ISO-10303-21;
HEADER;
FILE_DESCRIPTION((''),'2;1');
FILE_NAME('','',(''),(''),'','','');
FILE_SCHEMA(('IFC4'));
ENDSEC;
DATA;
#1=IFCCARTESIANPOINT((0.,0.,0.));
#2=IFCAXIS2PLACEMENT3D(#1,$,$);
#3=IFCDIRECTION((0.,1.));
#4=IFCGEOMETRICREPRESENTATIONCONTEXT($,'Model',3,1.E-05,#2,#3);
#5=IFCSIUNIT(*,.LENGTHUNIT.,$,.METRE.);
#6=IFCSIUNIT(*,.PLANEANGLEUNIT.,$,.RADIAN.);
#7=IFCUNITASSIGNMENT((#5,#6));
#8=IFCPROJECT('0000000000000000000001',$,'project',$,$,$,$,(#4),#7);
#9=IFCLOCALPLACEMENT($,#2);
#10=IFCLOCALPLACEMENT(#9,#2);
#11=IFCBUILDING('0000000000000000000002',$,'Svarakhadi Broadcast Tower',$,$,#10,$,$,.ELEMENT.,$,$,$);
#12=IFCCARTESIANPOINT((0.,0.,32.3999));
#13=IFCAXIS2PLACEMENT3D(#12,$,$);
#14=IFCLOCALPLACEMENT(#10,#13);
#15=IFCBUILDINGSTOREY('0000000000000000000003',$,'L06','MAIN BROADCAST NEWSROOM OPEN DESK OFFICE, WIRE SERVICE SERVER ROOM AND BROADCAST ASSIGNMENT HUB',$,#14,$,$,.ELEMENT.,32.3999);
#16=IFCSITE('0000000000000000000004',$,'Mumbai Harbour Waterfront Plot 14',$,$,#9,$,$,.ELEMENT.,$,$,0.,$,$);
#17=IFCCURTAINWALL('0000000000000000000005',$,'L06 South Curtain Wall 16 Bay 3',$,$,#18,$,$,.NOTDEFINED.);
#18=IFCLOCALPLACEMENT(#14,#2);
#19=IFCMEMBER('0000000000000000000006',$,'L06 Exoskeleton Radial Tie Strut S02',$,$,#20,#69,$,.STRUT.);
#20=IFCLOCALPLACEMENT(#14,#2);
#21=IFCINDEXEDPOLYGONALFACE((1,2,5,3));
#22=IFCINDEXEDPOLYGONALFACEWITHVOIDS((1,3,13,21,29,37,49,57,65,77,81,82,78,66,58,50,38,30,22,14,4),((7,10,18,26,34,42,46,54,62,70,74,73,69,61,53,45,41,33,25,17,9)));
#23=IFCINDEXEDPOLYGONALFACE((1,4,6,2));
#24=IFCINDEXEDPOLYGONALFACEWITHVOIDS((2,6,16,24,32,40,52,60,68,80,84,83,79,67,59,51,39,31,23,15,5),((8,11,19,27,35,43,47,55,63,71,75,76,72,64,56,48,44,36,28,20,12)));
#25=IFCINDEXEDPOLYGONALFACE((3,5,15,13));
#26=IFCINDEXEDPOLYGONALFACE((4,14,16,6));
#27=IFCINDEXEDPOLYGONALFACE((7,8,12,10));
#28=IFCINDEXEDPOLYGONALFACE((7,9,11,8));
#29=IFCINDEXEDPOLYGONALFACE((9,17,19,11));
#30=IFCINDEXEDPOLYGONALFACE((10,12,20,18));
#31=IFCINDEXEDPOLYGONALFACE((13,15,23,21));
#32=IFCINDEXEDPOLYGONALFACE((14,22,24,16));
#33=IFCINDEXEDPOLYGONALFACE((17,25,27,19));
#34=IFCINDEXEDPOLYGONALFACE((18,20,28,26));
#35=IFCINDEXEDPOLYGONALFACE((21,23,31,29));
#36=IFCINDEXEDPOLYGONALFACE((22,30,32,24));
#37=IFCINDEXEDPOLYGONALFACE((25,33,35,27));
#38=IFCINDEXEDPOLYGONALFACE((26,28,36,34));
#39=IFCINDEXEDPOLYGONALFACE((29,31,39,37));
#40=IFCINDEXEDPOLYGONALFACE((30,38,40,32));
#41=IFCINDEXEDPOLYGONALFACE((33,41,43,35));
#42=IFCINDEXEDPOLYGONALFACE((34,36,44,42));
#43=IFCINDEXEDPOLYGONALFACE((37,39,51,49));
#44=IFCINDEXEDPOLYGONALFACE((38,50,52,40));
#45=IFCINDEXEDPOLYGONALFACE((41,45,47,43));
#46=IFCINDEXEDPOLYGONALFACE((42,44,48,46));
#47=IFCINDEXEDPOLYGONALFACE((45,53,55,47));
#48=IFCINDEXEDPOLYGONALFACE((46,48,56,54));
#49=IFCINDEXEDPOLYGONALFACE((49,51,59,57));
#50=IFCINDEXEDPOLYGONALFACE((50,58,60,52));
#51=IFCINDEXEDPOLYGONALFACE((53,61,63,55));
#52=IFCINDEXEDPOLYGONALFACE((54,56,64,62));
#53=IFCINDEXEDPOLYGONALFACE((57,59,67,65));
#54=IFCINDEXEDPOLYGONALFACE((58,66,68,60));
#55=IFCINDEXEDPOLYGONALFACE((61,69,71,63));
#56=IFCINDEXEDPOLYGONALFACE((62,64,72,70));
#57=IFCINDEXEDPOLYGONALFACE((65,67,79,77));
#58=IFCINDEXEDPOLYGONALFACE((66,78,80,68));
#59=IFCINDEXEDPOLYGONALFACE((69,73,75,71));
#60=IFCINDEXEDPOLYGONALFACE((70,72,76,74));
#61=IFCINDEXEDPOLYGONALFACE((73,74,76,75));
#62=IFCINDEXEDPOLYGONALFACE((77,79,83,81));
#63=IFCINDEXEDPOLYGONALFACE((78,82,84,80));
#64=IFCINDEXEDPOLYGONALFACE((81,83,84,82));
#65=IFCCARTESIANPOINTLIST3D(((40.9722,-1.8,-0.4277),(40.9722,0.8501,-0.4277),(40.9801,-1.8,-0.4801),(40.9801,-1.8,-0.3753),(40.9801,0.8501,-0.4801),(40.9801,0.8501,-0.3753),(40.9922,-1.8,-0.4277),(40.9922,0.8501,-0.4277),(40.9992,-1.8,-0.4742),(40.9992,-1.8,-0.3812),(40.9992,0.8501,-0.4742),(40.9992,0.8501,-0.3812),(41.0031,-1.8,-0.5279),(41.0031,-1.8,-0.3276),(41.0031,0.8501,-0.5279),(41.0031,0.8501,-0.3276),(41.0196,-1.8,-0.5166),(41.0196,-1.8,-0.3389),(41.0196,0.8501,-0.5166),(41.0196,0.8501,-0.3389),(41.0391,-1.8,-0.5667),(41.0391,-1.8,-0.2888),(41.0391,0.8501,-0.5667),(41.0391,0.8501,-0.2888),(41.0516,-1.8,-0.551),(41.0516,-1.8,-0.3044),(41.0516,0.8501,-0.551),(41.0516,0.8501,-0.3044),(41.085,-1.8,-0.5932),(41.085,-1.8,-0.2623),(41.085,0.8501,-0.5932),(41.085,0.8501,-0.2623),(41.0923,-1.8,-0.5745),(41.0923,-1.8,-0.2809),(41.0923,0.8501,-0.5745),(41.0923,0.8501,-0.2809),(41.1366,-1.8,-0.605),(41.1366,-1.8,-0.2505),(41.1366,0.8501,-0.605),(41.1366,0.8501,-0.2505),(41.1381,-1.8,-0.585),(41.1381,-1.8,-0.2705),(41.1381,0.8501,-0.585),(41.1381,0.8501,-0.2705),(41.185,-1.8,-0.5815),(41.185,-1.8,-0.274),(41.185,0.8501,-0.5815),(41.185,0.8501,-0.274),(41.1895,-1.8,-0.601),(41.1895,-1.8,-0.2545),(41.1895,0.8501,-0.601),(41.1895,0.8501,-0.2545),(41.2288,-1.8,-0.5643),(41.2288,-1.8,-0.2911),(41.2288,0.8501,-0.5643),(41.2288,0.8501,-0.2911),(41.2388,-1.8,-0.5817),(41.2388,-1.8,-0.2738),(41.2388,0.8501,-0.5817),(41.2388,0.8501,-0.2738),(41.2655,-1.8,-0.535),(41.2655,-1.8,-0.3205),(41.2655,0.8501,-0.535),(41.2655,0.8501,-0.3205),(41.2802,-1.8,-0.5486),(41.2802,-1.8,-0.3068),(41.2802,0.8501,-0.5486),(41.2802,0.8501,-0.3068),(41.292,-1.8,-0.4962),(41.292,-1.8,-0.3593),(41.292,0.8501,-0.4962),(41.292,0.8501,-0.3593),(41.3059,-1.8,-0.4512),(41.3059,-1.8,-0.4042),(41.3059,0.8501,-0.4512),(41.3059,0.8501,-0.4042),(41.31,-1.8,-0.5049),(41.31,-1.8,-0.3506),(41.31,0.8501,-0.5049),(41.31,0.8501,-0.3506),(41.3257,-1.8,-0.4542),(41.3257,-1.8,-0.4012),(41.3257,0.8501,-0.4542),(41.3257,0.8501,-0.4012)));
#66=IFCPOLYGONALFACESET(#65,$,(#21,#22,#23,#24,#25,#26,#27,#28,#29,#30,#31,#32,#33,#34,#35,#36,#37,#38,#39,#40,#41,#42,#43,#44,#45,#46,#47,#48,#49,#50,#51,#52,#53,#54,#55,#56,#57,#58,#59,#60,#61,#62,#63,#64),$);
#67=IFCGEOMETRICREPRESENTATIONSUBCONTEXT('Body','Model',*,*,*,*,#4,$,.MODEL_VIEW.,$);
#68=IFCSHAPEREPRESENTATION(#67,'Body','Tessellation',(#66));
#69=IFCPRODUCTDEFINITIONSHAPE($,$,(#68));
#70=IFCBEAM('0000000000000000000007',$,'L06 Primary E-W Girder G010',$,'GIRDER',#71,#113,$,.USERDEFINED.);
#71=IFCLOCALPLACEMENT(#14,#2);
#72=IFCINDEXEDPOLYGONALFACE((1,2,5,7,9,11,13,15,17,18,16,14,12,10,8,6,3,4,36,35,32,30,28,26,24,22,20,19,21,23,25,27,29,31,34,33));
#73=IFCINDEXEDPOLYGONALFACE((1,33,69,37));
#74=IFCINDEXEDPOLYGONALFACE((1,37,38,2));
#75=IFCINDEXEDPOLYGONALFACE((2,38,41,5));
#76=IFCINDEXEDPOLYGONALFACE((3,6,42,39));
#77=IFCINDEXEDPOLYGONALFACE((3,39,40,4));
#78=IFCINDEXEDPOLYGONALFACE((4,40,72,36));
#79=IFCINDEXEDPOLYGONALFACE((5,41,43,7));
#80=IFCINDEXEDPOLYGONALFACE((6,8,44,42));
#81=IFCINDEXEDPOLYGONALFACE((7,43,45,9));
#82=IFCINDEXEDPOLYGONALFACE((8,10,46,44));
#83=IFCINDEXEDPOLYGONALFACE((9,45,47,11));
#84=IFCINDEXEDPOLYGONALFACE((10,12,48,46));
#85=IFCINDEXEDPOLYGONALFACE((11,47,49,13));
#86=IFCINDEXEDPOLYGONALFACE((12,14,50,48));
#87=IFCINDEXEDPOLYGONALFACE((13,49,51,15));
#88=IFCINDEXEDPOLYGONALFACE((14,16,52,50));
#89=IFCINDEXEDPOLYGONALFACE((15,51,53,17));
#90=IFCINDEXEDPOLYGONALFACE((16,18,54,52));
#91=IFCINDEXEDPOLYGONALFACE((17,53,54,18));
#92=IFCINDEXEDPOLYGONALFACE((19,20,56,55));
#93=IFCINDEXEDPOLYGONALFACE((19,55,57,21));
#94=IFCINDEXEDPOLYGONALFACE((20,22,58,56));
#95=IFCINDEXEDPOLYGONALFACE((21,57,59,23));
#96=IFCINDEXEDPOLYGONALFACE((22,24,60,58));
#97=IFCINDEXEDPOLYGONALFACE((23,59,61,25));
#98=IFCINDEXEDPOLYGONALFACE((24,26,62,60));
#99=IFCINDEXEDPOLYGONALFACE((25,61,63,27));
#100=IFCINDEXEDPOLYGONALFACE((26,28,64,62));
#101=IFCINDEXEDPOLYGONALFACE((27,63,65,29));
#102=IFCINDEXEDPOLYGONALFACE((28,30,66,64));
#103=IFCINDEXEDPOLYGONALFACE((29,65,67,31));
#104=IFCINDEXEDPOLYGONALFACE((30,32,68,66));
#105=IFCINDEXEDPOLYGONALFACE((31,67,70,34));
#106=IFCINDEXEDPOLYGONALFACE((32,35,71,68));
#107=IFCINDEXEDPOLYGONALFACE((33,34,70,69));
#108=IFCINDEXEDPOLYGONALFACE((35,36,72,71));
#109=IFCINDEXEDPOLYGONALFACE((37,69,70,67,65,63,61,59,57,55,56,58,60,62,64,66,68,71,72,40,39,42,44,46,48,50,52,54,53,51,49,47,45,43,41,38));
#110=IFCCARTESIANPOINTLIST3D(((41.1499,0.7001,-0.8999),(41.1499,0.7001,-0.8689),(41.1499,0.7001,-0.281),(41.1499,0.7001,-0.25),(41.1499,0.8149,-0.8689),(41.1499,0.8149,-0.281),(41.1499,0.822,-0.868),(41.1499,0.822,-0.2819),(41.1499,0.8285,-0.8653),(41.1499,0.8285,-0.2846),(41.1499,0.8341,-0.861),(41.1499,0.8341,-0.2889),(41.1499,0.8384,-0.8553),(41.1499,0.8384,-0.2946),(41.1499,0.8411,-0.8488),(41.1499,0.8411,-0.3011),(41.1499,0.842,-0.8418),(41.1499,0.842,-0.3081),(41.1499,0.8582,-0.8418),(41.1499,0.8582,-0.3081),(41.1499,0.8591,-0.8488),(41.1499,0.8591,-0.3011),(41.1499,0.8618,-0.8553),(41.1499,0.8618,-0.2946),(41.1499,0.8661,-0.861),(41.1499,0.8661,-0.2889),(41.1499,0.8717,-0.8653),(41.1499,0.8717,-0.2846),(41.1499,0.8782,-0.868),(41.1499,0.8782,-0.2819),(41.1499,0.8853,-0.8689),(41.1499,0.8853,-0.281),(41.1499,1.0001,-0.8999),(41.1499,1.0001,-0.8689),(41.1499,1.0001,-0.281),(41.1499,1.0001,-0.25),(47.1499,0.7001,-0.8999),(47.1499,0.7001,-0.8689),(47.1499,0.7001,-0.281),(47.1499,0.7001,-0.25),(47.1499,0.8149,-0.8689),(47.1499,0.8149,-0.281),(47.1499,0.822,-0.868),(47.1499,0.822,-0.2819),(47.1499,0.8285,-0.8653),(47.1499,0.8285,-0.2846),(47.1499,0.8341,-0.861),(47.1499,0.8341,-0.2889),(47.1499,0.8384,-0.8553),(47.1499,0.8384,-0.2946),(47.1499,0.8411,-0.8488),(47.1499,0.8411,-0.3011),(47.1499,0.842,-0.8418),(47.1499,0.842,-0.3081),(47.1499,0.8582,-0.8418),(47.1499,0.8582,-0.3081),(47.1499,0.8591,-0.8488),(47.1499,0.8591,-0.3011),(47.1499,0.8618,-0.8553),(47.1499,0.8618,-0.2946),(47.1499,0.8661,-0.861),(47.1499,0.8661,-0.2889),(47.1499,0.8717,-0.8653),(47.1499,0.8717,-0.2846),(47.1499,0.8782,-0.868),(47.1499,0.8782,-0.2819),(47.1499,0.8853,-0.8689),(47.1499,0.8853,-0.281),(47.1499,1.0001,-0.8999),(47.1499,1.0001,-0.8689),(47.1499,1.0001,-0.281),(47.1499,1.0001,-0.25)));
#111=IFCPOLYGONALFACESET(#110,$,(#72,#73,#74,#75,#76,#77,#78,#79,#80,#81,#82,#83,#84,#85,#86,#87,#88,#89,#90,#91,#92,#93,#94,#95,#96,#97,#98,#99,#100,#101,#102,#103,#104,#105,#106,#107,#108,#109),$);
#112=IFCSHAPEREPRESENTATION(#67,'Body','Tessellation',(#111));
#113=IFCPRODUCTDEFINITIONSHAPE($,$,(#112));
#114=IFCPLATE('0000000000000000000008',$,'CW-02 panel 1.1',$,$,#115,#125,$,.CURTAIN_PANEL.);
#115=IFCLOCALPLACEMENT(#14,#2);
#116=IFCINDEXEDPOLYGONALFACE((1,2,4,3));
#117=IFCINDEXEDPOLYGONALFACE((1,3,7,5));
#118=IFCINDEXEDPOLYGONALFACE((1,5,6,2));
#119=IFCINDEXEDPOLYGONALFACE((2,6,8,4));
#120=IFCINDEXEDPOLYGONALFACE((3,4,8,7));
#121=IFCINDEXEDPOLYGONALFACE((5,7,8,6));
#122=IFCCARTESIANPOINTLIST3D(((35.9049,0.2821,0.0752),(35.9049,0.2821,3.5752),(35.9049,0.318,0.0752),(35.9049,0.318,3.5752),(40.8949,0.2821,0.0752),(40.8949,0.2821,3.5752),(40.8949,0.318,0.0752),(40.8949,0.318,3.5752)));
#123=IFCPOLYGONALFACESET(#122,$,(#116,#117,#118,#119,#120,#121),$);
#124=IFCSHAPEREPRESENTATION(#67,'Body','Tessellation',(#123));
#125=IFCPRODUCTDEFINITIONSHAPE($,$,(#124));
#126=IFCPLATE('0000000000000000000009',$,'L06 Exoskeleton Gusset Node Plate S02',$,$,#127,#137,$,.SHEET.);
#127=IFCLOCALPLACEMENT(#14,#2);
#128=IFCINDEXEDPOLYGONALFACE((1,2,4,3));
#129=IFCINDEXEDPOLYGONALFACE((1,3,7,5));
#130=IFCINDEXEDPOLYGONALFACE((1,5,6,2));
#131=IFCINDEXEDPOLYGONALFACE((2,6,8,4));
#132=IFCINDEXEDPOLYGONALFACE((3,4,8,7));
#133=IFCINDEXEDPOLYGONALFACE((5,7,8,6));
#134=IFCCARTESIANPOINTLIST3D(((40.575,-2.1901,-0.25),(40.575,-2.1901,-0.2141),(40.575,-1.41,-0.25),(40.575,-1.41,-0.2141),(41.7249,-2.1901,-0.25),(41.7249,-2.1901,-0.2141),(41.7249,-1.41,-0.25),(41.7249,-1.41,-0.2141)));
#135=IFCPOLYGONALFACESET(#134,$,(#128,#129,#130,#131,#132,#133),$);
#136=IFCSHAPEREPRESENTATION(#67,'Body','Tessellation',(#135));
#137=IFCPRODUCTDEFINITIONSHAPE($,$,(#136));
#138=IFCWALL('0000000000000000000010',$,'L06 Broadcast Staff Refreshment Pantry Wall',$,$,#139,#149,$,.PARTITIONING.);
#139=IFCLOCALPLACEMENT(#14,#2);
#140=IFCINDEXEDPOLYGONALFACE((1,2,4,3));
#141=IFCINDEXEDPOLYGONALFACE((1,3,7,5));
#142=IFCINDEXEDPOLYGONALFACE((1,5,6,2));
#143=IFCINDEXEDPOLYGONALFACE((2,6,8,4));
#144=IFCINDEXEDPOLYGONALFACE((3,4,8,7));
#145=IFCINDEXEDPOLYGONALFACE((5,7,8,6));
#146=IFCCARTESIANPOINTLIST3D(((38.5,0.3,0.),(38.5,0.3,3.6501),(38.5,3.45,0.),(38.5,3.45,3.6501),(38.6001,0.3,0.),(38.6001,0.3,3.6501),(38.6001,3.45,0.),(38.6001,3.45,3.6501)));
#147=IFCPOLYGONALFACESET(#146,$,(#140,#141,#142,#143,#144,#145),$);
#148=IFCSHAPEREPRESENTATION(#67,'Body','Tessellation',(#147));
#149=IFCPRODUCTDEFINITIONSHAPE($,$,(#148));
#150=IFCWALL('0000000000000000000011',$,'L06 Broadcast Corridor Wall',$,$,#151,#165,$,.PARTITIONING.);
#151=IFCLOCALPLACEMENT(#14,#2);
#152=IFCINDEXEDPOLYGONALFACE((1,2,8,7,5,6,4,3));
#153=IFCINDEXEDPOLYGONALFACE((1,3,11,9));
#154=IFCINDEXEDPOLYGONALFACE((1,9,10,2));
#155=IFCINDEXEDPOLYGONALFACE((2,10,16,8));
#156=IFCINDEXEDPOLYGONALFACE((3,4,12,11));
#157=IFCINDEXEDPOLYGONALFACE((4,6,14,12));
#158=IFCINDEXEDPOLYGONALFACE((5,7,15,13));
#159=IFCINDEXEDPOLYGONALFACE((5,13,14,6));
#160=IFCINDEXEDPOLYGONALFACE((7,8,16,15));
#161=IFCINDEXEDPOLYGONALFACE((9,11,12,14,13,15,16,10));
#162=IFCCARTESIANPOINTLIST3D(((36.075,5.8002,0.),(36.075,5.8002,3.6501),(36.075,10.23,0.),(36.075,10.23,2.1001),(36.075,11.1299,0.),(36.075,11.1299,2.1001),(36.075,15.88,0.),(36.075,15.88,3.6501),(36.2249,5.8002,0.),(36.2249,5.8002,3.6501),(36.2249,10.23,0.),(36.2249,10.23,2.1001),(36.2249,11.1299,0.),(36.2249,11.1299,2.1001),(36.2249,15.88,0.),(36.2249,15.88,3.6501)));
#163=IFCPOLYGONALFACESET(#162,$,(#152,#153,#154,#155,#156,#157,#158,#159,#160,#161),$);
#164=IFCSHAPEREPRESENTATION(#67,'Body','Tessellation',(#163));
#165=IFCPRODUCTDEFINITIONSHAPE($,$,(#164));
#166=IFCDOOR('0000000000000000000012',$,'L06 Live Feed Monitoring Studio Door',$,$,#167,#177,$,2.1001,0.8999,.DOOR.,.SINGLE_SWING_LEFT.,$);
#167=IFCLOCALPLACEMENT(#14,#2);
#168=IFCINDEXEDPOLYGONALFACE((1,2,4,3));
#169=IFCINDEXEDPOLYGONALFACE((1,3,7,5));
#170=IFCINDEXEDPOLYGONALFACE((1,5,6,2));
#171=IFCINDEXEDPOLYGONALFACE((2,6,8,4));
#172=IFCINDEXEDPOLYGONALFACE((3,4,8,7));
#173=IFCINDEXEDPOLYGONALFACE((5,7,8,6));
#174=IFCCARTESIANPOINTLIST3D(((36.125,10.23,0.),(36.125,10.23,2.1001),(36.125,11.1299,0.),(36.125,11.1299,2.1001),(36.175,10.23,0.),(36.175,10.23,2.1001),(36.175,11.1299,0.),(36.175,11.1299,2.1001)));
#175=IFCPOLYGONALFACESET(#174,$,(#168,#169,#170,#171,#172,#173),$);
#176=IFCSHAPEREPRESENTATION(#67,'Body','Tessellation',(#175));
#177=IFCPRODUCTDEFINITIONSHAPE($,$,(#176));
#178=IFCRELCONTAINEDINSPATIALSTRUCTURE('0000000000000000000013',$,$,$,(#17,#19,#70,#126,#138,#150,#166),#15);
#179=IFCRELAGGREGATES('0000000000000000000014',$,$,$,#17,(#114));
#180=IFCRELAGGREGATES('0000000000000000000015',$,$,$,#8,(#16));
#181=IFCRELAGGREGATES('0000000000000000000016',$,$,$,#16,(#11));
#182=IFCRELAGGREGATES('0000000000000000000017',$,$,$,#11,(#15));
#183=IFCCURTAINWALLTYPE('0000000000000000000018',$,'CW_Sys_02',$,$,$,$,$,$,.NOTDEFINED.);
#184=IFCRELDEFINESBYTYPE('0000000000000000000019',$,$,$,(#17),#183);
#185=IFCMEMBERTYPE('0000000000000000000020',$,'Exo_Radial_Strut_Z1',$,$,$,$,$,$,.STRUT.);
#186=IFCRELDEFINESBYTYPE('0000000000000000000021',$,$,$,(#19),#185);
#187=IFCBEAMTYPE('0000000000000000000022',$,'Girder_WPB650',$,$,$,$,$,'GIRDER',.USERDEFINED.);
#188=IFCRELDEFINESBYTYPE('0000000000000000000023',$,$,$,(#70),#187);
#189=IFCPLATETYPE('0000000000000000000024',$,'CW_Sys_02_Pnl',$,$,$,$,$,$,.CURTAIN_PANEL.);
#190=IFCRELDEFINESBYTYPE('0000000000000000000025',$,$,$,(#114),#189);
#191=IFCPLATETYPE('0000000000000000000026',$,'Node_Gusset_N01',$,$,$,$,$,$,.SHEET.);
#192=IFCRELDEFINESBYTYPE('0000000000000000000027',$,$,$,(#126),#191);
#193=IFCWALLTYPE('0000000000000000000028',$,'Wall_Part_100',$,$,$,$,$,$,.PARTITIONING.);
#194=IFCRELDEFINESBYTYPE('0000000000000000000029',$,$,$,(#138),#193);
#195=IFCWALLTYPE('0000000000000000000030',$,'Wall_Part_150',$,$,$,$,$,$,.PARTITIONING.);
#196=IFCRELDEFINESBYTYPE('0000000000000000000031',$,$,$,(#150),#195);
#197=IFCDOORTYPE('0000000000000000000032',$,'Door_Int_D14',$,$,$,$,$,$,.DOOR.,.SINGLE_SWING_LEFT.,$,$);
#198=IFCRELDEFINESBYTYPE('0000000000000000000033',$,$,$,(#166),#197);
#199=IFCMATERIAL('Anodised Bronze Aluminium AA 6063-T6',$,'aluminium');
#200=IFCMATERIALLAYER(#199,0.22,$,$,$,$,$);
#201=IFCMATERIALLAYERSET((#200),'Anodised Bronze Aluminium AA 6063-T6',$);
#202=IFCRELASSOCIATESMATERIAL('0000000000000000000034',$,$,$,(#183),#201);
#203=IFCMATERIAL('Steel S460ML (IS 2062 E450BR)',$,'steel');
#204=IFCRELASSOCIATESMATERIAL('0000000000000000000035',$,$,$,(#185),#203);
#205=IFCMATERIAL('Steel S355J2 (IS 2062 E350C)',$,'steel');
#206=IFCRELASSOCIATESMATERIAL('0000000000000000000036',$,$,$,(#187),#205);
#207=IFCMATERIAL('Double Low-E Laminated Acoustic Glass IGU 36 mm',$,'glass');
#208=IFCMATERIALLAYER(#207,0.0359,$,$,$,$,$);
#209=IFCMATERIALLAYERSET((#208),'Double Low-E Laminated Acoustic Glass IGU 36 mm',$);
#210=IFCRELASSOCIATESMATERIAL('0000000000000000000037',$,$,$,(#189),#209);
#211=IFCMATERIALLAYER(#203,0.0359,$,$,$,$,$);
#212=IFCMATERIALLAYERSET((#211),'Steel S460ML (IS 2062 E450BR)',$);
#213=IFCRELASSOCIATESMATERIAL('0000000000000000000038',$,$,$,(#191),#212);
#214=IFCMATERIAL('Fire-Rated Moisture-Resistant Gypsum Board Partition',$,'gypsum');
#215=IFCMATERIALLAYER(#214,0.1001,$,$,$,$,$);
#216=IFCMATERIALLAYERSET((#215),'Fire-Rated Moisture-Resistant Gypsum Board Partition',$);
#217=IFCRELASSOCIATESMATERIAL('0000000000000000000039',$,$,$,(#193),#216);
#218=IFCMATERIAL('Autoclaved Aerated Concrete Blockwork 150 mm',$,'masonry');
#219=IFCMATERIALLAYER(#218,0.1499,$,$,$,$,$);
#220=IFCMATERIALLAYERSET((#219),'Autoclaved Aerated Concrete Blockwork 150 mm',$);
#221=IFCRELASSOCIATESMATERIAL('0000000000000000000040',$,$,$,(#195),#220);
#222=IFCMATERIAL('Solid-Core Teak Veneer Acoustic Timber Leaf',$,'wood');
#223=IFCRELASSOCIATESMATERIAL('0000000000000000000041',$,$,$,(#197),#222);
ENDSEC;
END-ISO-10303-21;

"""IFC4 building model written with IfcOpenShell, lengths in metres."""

from ifc_helpers import new_model, si_unit, direction, frame, frame_2d, origin, origin_2d, place, context, subcontext, project, spatial, rectangle, hollow_circle, i_section, extrude, material, layer, layer_set, material_profile, profile_set, type_object, element, fill, aggregate, save


model = new_model("IFC4")

# Units and contexts
model_context = context("Model", 3, precision=1e-05, world=origin(), true_north=direction((0.0, 1.0)))
body_context = subcontext(model_context, "Body", "Model", "MODEL_VIEW")
ifc_project = project(units=[si_unit("LENGTHUNIT", "METRE"), si_unit("PLANEANGLEUNIT", "RADIAN")], contexts=[model_context])

# Site, building, storey
site_placement = place(None, origin())
site = spatial("IfcSite", under=ifc_project, at=site_placement, Name="Mumbai Harbour Waterfront Plot 14", CompositionType="ELEMENT", RefElevation=0.0)
building_placement = place(site_placement, origin())
building = spatial("IfcBuilding", under=site, at=building_placement, Name="Svarakhadi Broadcast Tower", CompositionType="ELEMENT")
storey_placement = place(building_placement, frame((0.0, 0.0, 32.3999)))
storey = spatial("IfcBuildingStorey", under=building, at=storey_placement, Name="L06", Description="MAIN BROADCAST NEWSROOM OPEN DESK OFFICE, WIRE SERVICE SERVER ROOM AND BROADCAST ASSIGNMENT HUB", CompositionType="ELEMENT", Elevation=32.3999)

# Shared definitions
ifc_material_1 = material(Name="Steel S460ML (IS 2062 E450BR)", Category="steel")

# Curtain wall
ifc_material_2 = material(Name="Anodised Bronze Aluminium AA 6063-T6", Category="aluminium")
ifc_layer_1 = layer(ifc_material_2, 0.22)
ifc_layer_set_1 = layer_set([ifc_layer_1], Name="Anodised Bronze Aluminium AA 6063-T6")
curtain_wall_type = type_object("IfcCurtainWallType", Name="CW_Sys_02", PredefinedType="NOTDEFINED", material=ifc_layer_set_1)
curtain_wall_placement = place(storey_placement, origin())
curtain_wall = element("IfcCurtainWall", 1, at=curtain_wall_placement, inside=storey, type_object=curtain_wall_type, Name="L06 South Curtain Wall 16 Bay 3", PredefinedType="NOTDEFINED")

# Member
ifc_material_profile_1 = material_profile(ifc_material_1, hollow_circle(Radius=0.1777, WallThickness=0.02, at=origin_2d()), Name="CHS 355.6x20")
ifc_profile_set_1 = profile_set([ifc_material_profile_1], Name="Steel S460ML (IS 2062 E450BR)")
member_type_1 = type_object("IfcMemberType", Name="Exo_Radial_Strut_Z1", PredefinedType="STRUT", material=ifc_profile_set_1)
member_1_placement = place(storey_placement, frame((41.1499, -1.8, -0.4277), z_axis=(0.0, 1.0, 0.0), x_axis=(-1.0, 0.0, 0.0)))
element("IfcMember", 2, at=member_1_placement, inside=storey, type_object=member_type_1, Name="L06 Exoskeleton Radial Tie Strut S02", PredefinedType="STRUT", context=body_context, shape_type="SweptSolid", body=[
    extrude(hollow_circle(Radius=0.1777, WallThickness=0.02, at=origin_2d()), origin(), (0.0, 0.0, 1.0), 2.6501),
])

# Beam
ifc_material_3 = material(Name="Steel S355J2 (IS 2062 E350C)", Category="steel")
ifc_material_profile_2 = material_profile(ifc_material_3, i_section(OverallWidth=0.3, OverallDepth=0.6499, WebThickness=0.0161, FlangeThickness=0.031, FilletRadius=0.0271, at=origin_2d()), Name="WPB 650x300x225")
ifc_profile_set_2 = profile_set([ifc_material_profile_2], Name="Steel S355J2 (IS 2062 E350C)")
beam_type = type_object("IfcBeamType", Name="Girder_WPB650", ElementType="GIRDER", PredefinedType="USERDEFINED", material=ifc_profile_set_2)
beam_placement = place(storey_placement, frame((41.1499, 0.8501, -0.575), z_axis=(1.0, 0.0, 0.0), x_axis=(0.0, 1.0, 0.0)))
element("IfcBeam", 3, at=beam_placement, inside=storey, type_object=beam_type, Name="L06 Primary E-W Girder G010", ObjectType="GIRDER", PredefinedType="USERDEFINED", context=body_context, shape_type="SweptSolid", body=[
    extrude(i_section(OverallWidth=0.3, OverallDepth=0.6499, WebThickness=0.0161, FlangeThickness=0.031, FilletRadius=0.0271, at=origin_2d()), origin(), (0.0, 0.0, 1.0), 6.0),
])

# Plates
ifc_material_4 = material(Name="Double Low-E Laminated Acoustic Glass IGU 36 mm", Category="glass")
ifc_layer_2 = layer(ifc_material_4, 0.0359)
ifc_layer_set_2 = layer_set([ifc_layer_2], Name="Double Low-E Laminated Acoustic Glass IGU 36 mm")
plate_type_1 = type_object("IfcPlateType", Name="CW_Sys_02_Pnl", PredefinedType="CURTAIN_PANEL", material=ifc_layer_set_2)
plate_1_placement = place(storey_placement, frame((38.3999, 0.3, 0.0752), z_axis=(0.0, 0.0, 1.0), x_axis=(-1.0, 0.0, 0.0)))
plate_1 = element("IfcPlate", 4, at=plate_1_placement, type_object=plate_type_1, Name="CW-02 panel 1.1", PredefinedType="CURTAIN_PANEL", context=body_context, shape_type="SweptSolid", body=[
    extrude(rectangle(XDim=4.99, YDim=0.0359, at=origin_2d()), origin(), (0.0, 0.0, 1.0), 3.5),
])
aggregate(curtain_wall, [plate_1])
ifc_layer_3 = layer(ifc_material_1, 0.0359)
ifc_layer_set_3 = layer_set([ifc_layer_3], Name="Steel S460ML (IS 2062 E450BR)")
plate_type_2 = type_object("IfcPlateType", Name="Node_Gusset_N01", PredefinedType="SHEET", material=ifc_layer_set_3)
plate_2_placement = place(storey_placement, frame((41.1499, -1.8, -0.25), z_axis=(0.0, 0.0, 1.0), x_axis=(1.0, 0.0, 0.0)))
element("IfcPlate", 5, at=plate_2_placement, inside=storey, type_object=plate_type_2, Name="L06 Exoskeleton Gusset Node Plate S02", PredefinedType="SHEET", context=body_context, shape_type="SweptSolid", body=[
    extrude(rectangle(XDim=1.1499, YDim=0.78, at=origin_2d()), origin(), (0.0, 0.0, 1.0), 0.0359),
])

# Wall
ifc_material_5 = material(Name="Fire-Rated Moisture-Resistant Gypsum Board Partition", Category="gypsum")
ifc_layer_4 = layer(ifc_material_5, 0.1001)
ifc_layer_set_4 = layer_set([ifc_layer_4], Name="Fire-Rated Moisture-Resistant Gypsum Board Partition")
wall_type_1 = type_object("IfcWallType", Name="Wall_Part_100", PredefinedType="PARTITIONING", material=ifc_layer_set_4)
wall_1_placement = place(storey_placement, frame((38.55, 0.3, 0.0), z_axis=(0.0, 0.0, 1.0), x_axis=(0.0, 1.0, 0.0)))
element("IfcWall", 6, at=wall_1_placement, inside=storey, type_object=wall_type_1, Name="L06 Broadcast Staff Refreshment Pantry Wall", PredefinedType="PARTITIONING", context=body_context, shape_type="SweptSolid", body=[
    extrude(rectangle(XDim=3.1499, YDim=0.1001, at=frame_2d((1.575, 0.0))), origin(), (0.0, 0.0, 1.0), 3.6501),
])

# Wall, opening, door
ifc_material_6 = material(Name="Autoclaved Aerated Concrete Blockwork 150 mm", Category="masonry")
ifc_layer_5 = layer(ifc_material_6, 0.1499)
ifc_layer_set_5 = layer_set([ifc_layer_5], Name="Autoclaved Aerated Concrete Blockwork 150 mm")
wall_type_2 = type_object("IfcWallType", Name="Wall_Part_150", PredefinedType="PARTITIONING", material=ifc_layer_set_5)
wall_2_placement = place(storey_placement, frame((36.1499, 5.8, 0.0), z_axis=(0.0, 0.0, 1.0), x_axis=(0.0, 1.0, 0.0)))
wall_2 = element("IfcWall", 7, at=wall_2_placement, inside=storey, type_object=wall_type_2, Name="L06 Broadcast Corridor Wall", PredefinedType="PARTITIONING", context=body_context, shape_type="SweptSolid", body=[
    extrude(rectangle(XDim=10.0798, YDim=0.1499, at=frame_2d((5.04, 0.0))), origin(), (0.0, 0.0, 1.0), 3.6501),
])
opening_1_placement = place(wall_2_placement, frame((4.4299, 0.0, 0.0)))
opening_1 = element("IfcOpeningElement", 8, at=opening_1_placement, cuts=wall_2, PredefinedType="OPENING", context=body_context, shape_type="SweptSolid", body=[
    extrude(rectangle(XDim=0.8999, YDim=2.1001, at=frame_2d((0.45, 1.05))), frame((0.0, 0.085, 0.0), z_axis=(0.0, -1.0, 0.0), x_axis=(1.0, 0.0, 0.0)), (0.0, 0.0, 1.0), 0.1699),
])
ifc_material_7 = material(Name="Solid-Core Teak Veneer Acoustic Timber Leaf", Category="wood")
door_type_1 = type_object("IfcDoorType", Name="Door_Int_D14", OperationType="SINGLE_SWING_LEFT", PredefinedType="DOOR", material=ifc_material_7)
door_1_placement = place(opening_1_placement, origin())
door_1 = element("IfcDoor", 9, at=door_1_placement, inside=storey, type_object=door_type_1, Name="L06 Live Feed Monitoring Studio Door", OperationType="SINGLE_SWING_LEFT", OverallHeight=2.1001, OverallWidth=0.8999, PredefinedType="DOOR", context=body_context, shape_type="SweptSolid", body=[
    extrude(rectangle(XDim=0.8999, YDim=2.1001, at=frame_2d((0.45, 1.05))), frame((0.0, 0.0249, 0.0), z_axis=(0.0, -1.0, 0.0), x_axis=(1.0, 0.0, 0.0)), (0.0, 0.0, 1.0), 0.05),
])
fill(opening_1, door_1)

save(model, "model.ifc")
